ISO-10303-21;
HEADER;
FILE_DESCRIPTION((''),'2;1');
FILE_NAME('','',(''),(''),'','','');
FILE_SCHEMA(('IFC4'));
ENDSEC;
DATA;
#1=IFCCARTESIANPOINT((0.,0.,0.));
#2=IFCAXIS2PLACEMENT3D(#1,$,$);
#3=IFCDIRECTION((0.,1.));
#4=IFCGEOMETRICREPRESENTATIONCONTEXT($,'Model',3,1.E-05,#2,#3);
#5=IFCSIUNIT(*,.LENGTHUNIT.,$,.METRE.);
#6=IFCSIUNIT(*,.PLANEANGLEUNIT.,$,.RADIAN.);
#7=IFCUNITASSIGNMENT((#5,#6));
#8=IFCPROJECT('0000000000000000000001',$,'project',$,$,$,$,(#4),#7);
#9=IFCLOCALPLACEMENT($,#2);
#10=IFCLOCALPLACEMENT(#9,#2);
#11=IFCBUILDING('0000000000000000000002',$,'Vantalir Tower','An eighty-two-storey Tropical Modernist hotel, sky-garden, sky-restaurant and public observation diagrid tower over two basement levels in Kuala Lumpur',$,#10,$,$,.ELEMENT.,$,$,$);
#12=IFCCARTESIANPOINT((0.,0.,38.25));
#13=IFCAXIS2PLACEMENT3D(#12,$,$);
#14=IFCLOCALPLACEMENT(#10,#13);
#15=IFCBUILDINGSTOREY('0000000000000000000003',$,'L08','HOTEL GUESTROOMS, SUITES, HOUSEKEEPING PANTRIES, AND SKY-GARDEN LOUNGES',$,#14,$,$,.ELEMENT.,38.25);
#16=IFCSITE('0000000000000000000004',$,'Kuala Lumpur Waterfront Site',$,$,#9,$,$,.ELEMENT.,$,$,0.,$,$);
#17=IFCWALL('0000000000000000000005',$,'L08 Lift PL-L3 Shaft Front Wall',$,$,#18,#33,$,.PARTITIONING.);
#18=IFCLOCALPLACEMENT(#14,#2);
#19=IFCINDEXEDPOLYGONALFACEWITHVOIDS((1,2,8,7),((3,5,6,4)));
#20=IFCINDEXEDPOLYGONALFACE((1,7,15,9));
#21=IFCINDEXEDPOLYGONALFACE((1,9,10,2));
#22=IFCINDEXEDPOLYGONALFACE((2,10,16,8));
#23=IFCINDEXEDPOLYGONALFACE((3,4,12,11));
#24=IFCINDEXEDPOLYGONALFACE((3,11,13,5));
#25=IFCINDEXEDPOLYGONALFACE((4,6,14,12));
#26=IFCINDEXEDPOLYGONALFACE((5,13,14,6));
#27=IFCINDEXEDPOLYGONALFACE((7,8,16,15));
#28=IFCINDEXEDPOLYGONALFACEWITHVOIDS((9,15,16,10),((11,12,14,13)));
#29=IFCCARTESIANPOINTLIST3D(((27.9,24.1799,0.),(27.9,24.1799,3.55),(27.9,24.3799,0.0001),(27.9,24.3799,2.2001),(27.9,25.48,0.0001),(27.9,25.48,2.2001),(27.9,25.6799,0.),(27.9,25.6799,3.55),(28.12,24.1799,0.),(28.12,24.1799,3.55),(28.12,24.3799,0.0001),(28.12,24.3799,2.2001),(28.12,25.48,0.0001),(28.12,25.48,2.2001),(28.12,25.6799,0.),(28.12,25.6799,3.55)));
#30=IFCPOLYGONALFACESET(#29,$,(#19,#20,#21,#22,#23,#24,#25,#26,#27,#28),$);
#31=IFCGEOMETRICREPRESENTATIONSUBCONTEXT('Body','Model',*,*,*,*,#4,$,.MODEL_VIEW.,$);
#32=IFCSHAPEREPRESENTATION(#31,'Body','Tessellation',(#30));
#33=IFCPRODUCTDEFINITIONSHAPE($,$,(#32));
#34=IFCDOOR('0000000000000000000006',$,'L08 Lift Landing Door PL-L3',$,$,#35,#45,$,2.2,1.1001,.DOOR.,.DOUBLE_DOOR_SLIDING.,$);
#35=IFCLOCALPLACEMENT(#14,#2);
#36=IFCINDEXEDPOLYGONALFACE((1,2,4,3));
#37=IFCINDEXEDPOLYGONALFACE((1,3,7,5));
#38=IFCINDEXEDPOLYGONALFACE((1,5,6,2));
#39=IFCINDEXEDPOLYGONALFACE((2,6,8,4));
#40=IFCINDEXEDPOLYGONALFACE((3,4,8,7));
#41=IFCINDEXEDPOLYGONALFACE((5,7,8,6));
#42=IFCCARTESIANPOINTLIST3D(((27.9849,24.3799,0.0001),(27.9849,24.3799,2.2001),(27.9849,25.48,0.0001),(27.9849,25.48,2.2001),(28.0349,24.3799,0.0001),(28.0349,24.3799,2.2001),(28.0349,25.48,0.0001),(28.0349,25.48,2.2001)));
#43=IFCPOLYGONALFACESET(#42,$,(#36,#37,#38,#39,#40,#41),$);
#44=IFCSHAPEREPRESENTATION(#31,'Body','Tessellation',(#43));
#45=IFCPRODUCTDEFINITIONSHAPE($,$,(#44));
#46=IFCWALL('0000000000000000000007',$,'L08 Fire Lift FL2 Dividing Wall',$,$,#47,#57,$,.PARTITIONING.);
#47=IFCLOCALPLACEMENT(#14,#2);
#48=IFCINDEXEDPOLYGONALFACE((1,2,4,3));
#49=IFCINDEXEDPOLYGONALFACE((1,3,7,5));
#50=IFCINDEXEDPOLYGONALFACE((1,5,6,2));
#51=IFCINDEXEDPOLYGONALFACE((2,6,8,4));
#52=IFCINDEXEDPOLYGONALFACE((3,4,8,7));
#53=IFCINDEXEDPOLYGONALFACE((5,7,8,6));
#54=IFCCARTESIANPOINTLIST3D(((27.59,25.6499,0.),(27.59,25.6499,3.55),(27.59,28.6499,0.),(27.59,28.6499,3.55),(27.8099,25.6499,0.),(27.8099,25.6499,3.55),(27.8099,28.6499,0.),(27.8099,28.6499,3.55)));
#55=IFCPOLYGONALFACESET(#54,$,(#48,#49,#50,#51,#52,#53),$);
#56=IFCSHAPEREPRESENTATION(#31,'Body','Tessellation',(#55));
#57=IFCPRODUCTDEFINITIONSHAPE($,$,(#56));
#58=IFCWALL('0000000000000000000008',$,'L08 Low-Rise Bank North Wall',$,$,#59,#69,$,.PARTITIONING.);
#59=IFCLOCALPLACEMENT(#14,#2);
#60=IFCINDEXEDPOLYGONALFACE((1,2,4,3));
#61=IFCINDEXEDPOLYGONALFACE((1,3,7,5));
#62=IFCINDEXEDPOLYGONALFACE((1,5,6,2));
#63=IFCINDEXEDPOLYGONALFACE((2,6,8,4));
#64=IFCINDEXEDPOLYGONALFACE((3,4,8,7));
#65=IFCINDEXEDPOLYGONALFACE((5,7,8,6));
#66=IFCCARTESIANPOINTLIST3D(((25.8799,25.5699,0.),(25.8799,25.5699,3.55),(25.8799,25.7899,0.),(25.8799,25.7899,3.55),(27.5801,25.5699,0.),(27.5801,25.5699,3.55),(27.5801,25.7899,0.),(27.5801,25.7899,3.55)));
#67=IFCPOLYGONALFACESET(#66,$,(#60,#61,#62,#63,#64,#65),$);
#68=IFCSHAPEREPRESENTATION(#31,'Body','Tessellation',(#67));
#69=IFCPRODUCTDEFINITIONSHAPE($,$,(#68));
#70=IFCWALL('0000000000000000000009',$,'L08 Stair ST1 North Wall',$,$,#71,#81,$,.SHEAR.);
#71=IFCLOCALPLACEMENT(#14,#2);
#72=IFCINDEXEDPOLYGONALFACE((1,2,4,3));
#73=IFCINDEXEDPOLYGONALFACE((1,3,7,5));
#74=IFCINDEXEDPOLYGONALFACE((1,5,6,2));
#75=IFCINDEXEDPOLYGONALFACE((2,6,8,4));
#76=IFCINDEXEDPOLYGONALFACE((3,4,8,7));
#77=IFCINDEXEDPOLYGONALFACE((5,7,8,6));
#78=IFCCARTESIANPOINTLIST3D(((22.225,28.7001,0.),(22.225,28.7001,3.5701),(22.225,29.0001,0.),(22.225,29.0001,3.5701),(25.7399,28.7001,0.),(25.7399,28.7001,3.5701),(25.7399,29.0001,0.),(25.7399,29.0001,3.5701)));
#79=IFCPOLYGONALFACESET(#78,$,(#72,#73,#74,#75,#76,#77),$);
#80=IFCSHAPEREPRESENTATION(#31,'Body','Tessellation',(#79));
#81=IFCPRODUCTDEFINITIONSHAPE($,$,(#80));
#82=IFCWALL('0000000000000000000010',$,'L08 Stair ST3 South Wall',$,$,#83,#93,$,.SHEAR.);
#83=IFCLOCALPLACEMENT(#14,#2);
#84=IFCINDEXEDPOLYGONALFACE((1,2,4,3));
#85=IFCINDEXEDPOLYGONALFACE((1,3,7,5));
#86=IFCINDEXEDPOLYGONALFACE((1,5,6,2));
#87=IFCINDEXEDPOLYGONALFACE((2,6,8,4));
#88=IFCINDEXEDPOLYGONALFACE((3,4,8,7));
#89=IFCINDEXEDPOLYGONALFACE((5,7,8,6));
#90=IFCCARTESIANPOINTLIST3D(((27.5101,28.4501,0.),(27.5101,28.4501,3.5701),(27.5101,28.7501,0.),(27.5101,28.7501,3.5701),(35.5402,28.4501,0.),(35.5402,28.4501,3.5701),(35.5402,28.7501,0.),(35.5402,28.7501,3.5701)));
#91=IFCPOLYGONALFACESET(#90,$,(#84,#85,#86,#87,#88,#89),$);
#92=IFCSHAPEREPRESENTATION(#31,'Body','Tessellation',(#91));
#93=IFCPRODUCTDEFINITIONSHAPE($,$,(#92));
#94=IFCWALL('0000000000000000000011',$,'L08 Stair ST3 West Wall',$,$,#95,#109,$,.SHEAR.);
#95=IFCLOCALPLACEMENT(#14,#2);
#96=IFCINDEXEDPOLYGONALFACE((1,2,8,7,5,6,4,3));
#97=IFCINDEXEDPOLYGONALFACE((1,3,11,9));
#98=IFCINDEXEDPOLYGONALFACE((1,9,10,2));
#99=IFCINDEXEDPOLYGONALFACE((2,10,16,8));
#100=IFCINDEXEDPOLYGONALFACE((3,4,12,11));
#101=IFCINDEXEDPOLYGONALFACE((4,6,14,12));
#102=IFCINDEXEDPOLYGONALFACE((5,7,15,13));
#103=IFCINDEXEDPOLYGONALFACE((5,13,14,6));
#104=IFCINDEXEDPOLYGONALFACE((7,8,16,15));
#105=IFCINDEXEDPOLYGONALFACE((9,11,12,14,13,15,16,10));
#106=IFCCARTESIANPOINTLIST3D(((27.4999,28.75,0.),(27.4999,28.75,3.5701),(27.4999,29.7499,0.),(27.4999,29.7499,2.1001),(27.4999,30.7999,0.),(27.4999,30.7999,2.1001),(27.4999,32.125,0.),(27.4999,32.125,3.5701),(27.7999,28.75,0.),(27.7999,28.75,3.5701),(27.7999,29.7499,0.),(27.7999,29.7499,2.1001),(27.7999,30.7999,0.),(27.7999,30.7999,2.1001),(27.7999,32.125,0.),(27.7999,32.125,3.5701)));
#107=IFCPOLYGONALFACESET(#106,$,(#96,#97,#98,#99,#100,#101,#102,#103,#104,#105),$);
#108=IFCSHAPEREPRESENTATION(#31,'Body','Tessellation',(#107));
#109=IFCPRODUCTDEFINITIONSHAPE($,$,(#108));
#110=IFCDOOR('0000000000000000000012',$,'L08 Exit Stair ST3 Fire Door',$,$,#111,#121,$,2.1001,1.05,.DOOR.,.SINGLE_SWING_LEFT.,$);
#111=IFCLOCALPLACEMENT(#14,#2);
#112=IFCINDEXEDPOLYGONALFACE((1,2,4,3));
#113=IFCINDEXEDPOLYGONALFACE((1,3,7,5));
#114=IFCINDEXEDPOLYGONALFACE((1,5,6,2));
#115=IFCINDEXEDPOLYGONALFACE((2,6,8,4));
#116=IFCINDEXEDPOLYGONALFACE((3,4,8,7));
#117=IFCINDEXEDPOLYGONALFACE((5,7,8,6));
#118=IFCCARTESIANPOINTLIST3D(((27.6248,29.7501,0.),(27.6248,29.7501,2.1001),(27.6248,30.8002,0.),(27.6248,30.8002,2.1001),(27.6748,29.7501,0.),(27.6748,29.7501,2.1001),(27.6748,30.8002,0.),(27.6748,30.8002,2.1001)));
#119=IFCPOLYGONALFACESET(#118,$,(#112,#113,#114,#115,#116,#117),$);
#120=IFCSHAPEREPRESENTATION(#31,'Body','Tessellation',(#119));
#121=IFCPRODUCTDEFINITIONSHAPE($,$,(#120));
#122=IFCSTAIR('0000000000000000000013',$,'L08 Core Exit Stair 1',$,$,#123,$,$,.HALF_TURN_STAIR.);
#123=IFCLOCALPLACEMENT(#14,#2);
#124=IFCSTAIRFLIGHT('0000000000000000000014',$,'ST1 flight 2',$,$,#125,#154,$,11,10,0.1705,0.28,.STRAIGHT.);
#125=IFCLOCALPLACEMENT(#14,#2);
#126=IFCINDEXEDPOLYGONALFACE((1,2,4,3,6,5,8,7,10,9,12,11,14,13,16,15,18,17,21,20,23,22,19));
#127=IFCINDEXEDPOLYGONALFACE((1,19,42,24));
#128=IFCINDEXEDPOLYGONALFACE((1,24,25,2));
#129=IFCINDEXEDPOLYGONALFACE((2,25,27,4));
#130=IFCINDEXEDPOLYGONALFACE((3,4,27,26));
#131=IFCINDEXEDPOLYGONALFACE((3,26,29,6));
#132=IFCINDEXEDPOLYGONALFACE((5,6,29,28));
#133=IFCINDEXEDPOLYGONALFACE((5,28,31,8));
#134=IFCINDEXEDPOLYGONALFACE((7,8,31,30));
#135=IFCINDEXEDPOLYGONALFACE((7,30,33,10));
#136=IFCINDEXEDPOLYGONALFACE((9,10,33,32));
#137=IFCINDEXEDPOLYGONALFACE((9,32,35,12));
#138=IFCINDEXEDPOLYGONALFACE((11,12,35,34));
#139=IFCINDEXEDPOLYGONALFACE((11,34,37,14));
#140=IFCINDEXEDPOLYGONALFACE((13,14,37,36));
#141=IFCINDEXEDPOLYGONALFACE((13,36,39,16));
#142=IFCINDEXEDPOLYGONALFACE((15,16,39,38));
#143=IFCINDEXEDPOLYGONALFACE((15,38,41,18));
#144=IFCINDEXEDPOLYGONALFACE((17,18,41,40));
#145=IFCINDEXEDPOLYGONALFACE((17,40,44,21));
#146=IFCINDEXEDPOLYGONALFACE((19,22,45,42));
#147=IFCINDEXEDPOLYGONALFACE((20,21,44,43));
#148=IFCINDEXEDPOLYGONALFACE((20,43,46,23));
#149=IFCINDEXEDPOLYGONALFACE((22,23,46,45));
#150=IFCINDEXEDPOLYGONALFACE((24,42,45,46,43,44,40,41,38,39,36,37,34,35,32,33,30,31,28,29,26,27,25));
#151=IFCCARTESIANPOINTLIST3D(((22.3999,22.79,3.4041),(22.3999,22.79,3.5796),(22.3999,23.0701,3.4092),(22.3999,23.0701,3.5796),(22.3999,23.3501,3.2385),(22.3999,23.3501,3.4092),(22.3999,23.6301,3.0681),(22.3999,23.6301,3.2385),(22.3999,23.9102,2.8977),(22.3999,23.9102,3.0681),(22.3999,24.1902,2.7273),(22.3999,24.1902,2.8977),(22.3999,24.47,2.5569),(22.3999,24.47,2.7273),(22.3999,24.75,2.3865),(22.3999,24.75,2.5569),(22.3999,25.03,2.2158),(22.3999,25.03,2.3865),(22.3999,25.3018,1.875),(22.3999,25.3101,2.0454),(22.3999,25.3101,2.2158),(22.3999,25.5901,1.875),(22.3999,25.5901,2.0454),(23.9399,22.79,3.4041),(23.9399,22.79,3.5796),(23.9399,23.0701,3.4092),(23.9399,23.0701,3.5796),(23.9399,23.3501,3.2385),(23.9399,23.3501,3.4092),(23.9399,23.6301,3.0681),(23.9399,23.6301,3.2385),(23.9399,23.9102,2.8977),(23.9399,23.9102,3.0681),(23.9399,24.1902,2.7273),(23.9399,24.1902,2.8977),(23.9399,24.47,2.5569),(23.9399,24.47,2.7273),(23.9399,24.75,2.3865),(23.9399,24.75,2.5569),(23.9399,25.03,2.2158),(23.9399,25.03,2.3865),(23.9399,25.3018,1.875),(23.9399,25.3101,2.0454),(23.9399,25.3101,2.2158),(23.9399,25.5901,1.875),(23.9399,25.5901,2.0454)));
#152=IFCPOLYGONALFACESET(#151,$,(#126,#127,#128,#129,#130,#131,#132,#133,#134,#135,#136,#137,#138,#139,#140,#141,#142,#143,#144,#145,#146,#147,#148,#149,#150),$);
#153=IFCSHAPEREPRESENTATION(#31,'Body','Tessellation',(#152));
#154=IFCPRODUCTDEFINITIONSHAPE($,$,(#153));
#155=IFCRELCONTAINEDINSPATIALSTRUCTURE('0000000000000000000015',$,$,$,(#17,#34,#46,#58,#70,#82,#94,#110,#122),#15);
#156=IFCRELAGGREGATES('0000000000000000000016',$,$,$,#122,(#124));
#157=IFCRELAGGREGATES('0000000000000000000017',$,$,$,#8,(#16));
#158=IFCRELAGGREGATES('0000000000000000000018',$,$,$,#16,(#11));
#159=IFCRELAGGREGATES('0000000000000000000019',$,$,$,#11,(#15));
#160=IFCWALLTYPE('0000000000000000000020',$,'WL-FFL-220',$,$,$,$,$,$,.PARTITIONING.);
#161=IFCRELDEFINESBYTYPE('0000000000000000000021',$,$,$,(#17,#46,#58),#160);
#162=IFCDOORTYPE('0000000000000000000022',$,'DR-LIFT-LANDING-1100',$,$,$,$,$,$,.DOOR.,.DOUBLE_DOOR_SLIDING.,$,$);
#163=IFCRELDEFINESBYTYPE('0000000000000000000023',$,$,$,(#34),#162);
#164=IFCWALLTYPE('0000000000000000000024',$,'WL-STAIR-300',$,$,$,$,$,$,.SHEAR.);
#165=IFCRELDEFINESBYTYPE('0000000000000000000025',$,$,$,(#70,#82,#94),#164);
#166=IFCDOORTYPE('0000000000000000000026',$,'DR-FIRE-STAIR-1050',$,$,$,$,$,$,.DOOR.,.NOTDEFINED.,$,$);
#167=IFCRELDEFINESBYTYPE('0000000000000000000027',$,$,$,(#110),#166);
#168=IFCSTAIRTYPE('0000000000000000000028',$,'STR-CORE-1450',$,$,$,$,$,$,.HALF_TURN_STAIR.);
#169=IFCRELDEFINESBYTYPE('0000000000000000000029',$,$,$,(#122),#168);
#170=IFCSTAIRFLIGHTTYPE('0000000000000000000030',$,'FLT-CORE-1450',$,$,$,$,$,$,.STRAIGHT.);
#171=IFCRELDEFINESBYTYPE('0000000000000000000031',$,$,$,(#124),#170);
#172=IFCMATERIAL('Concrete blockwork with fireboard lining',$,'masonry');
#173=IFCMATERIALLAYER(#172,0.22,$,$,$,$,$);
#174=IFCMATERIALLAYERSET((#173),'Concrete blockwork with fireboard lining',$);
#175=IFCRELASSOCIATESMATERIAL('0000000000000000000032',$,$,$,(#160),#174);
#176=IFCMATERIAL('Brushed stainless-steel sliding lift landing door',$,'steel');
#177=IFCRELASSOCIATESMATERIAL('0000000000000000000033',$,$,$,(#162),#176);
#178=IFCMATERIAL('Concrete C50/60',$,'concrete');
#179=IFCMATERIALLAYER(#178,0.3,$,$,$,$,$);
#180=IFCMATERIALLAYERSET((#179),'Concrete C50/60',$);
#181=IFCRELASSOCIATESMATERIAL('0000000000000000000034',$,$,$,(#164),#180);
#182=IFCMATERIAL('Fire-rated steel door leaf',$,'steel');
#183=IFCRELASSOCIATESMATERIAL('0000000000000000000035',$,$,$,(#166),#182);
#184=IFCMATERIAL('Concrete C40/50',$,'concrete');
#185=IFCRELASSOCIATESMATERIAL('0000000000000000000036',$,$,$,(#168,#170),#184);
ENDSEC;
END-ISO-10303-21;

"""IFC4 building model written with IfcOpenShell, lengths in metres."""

from ifc_helpers import new_model, si_unit, direction, frame, frame_2d, origin, place, context, subcontext, project, spatial, polyline, rectangle, outline, extrude, material, layer, layer_set, type_object, element, fill, aggregate, save


model = new_model("IFC4")

# Units and contexts
model_context = context("Model", 3, precision=1e-05, world=origin(), true_north=direction((0.0, 1.0)))
body_context = subcontext(model_context, "Body", "Model", "MODEL_VIEW")
ifc_project = project(units=[si_unit("LENGTHUNIT", "METRE"), si_unit("PLANEANGLEUNIT", "RADIAN")], contexts=[model_context])

# Site, building, storey
site_placement = place(None, origin())
site = spatial("IfcSite", under=ifc_project, at=site_placement, Name="Kuala Lumpur Waterfront Site", CompositionType="ELEMENT", RefElevation=0.0)
building_placement = place(site_placement, origin())
building = spatial("IfcBuilding", under=site, at=building_placement, Name="Vantalir Tower", Description="An eighty-two-storey Tropical Modernist hotel, sky-garden, sky-restaurant and public observation diagrid tower over two basement levels in Kuala Lumpur", CompositionType="ELEMENT")
storey_placement = place(building_placement, frame((0.0, 0.0, 38.25)))
storey = spatial("IfcBuildingStorey", under=building, at=storey_placement, Name="L08", Description="HOTEL GUESTROOMS, SUITES, HOUSEKEEPING PANTRIES, AND SKY-GARDEN LOUNGES", CompositionType="ELEMENT", Elevation=38.25)

# Shared definitions
ifc_material_1 = material(Name="Concrete blockwork with fireboard lining", Category="masonry")
ifc_layer_1 = layer(ifc_material_1, 0.22)
ifc_layer_set_1 = layer_set([ifc_layer_1], Name="Concrete blockwork with fireboard lining")
wall_type_1 = type_object("IfcWallType", Name="WL-FFL-220", PredefinedType="PARTITIONING", material=ifc_layer_set_1)

# Shared definitions
ifc_material_2 = material(Name="Brushed stainless-steel sliding lift landing door", Category="steel")
door_type_1 = type_object("IfcDoorType", Name="DR-LIFT-LANDING-1100", OperationType="DOUBLE_DOOR_SLIDING", PredefinedType="DOOR", material=ifc_material_2)

# Wall, opening, door
wall_1_placement = place(storey_placement, frame((28.01, 24.1799, 0.0), z_axis=(0.0, 0.0, 1.0), x_axis=(0.0, 1.0, 0.0)))
wall_1 = element("IfcWall", 1, at=wall_1_placement, inside=storey, type_object=wall_type_1, Name="L08 Lift PL-L3 Shaft Front Wall", PredefinedType="PARTITIONING", context=body_context, shape_type="SweptSolid", body=[
    extrude(rectangle(XDim=1.5, YDim=0.22, at=frame_2d((0.75, 0.0))), origin(), (0.0, 0.0, 1.0), 3.55),
])
opening_1_placement = place(wall_1_placement, frame((0.2, 0.0, 0.0)))
opening_1 = element("IfcOpeningElement", 2, at=opening_1_placement, cuts=wall_1, PredefinedType="OPENING", context=body_context, shape_type="SweptSolid", body=[
    extrude(rectangle(XDim=1.1001, YDim=2.2, at=frame_2d((0.55, 1.1001))), frame((0.0, 0.1199, 0.0), z_axis=(0.0, -1.0, 0.0), x_axis=(1.0, 0.0, 0.0)), (0.0, 0.0, 1.0), 0.24),
])
door_1_placement = place(opening_1_placement, frame((1.1001, 0.0, 0.0), z_axis=(0.0, 0.0, 1.0), x_axis=(-1.0, 0.0, 0.0)))
door_1 = element("IfcDoor", 3, at=door_1_placement, inside=storey, type_object=door_type_1, Name="L08 Lift Landing Door PL-L3", OperationType="DOUBLE_DOOR_SLIDING", OverallHeight=2.2, OverallWidth=1.1001, PredefinedType="DOOR", context=body_context, shape_type="SweptSolid", body=[
    extrude(rectangle(XDim=1.1001, YDim=2.2, at=frame_2d((0.55, 1.1001))), frame((0.0, 0.0249, 0.0), z_axis=(0.0, -1.0, 0.0), x_axis=(1.0, 0.0, 0.0)), (0.0, 0.0, 1.0), 0.05),
])
fill(opening_1, door_1)

# Walls
wall_2_placement = place(storey_placement, frame((27.7, 25.6499, 0.0), z_axis=(0.0, 0.0, 1.0), x_axis=(0.0, 1.0, 0.0)))
element("IfcWall", 4, at=wall_2_placement, inside=storey, type_object=wall_type_1, Name="L08 Fire Lift FL2 Dividing Wall", PredefinedType="PARTITIONING", context=body_context, shape_type="SweptSolid", body=[
    extrude(rectangle(XDim=3.0, YDim=0.22, at=frame_2d((1.5, 0.0))), origin(), (0.0, 0.0, 1.0), 3.55),
])
wall_3_placement = place(storey_placement, frame((25.8799, 25.6799, 0.0), z_axis=(0.0, 0.0, 1.0), x_axis=(1.0, 0.0, 0.0)))
element("IfcWall", 5, at=wall_3_placement, inside=storey, type_object=wall_type_1, Name="L08 Low-Rise Bank North Wall", PredefinedType="PARTITIONING", context=body_context, shape_type="SweptSolid", body=[
    extrude(rectangle(XDim=1.7002, YDim=0.22, at=frame_2d((0.8501, 0.0))), origin(), (0.0, 0.0, 1.0), 3.55),
])
ifc_material_3 = material(Name="Concrete C50/60", Category="concrete")
ifc_layer_2 = layer(ifc_material_3, 0.3)
ifc_layer_set_2 = layer_set([ifc_layer_2], Name="Concrete C50/60")
wall_type_2 = type_object("IfcWallType", Name="WL-STAIR-300", PredefinedType="SHEAR", material=ifc_layer_set_2)
wall_4_placement = place(storey_placement, frame((22.2251, 28.8501, 0.0), z_axis=(0.0, 0.0, 1.0), x_axis=(1.0, 0.0, 0.0)))
element("IfcWall", 6, at=wall_4_placement, inside=storey, type_object=wall_type_2, Name="L08 Stair ST1 North Wall", PredefinedType="SHEAR", context=body_context, shape_type="SweptSolid", body=[
    extrude(rectangle(XDim=3.5149, YDim=0.3, at=frame_2d((1.7573, 0.0))), origin(), (0.0, 0.0, 1.0), 3.5701),
])
wall_5_placement = place(storey_placement, frame((27.51, 28.6001, 0.0), z_axis=(0.0, 0.0, 1.0), x_axis=(1.0, 0.0, 0.0)))
element("IfcWall", 7, at=wall_5_placement, inside=storey, type_object=wall_type_2, Name="L08 Stair ST3 South Wall", PredefinedType="SHEAR", context=body_context, shape_type="SweptSolid", body=[
    extrude(rectangle(XDim=8.03, YDim=0.3, at=frame_2d((4.0151, 0.0))), origin(), (0.0, 0.0, 1.0), 3.5701),
])

# Wall, opening, door
wall_6_placement = place(storey_placement, frame((27.6499, 28.75, 0.0), z_axis=(0.0, 0.0, 1.0), x_axis=(0.0, 1.0, 0.0)))
wall_6 = element("IfcWall", 8, at=wall_6_placement, inside=storey, type_object=wall_type_2, Name="L08 Stair ST3 West Wall", PredefinedType="SHEAR", context=body_context, shape_type="SweptSolid", body=[
    extrude(rectangle(XDim=3.375, YDim=0.3, at=frame_2d((1.6875, 0.0))), origin(), (0.0, 0.0, 1.0), 3.5701),
])
opening_2_placement = place(wall_6_placement, frame((1.0, 0.0, 0.0)))
opening_2 = element("IfcOpeningElement", 9, at=opening_2_placement, cuts=wall_6, PredefinedType="OPENING", context=body_context, shape_type="SweptSolid", body=[
    extrude(rectangle(XDim=1.05, YDim=2.1001, at=frame_2d((0.5249, 1.05))), frame((0.0, 0.1599, 0.0), z_axis=(0.0, -1.0, 0.0), x_axis=(1.0, 0.0, 0.0)), (0.0, 0.0, 1.0), 0.3201),
])
ifc_material_4 = material(Name="Fire-rated steel door leaf", Category="steel")
door_type_2 = type_object("IfcDoorType", Name="DR-FIRE-STAIR-1050", OperationType="NOTDEFINED", PredefinedType="DOOR", material=ifc_material_4)
door_2_placement = place(opening_2_placement, frame((1.05, 0.0, 0.0), z_axis=(0.0, 0.0, 1.0), x_axis=(-1.0, 0.0, 0.0)))
door_2 = element("IfcDoor", 10, at=door_2_placement, inside=storey, type_object=door_type_2, Name="L08 Exit Stair ST3 Fire Door", OperationType="SINGLE_SWING_LEFT", OverallHeight=2.1001, OverallWidth=1.05, PredefinedType="DOOR", context=body_context, shape_type="SweptSolid", body=[
    extrude(rectangle(XDim=1.05, YDim=2.1001, at=frame_2d((0.5249, 1.05))), frame((0.0, 0.0249, 0.0), z_axis=(0.0, -1.0, 0.0), x_axis=(1.0, 0.0, 0.0)), (0.0, 0.0, 1.0), 0.05),
])
fill(opening_2, door_2)

# Stair, stair flight
ifc_material_5 = material(Name="Concrete C40/50", Category="concrete")
stair_type = type_object("IfcStairType", Name="STR-CORE-1450", PredefinedType="HALF_TURN_STAIR", material=ifc_material_5)
stair_1_placement = place(storey_placement, origin())
stair_1 = element("IfcStair", 11, at=stair_1_placement, inside=storey, type_object=stair_type, Name="L08 Core Exit Stair 1", PredefinedType="HALF_TURN_STAIR")
stair_flight_type = type_object("IfcStairFlightType", Name="FLT-CORE-1450", PredefinedType="STRAIGHT", material=ifc_material_5)
stair_flight_1_placement = place(storey_placement, frame((23.1699, 25.5901, 1.875), z_axis=(0.0, 0.0, 1.0), x_axis=(0.0, -1.0, 0.0)))
stair_flight_1 = element("IfcStairFlight", 12, at=stair_flight_1_placement, type_object=stair_flight_type, Name="ST1 flight 2", NumberOfRisers=11, NumberOfTreads=10, PredefinedType="STRAIGHT", RiserHeight=0.1705, TreadLength=0.28, context=body_context, shape_type="SweptSolid", body=[
    extrude(outline(polyline([(0.0, 0.0), (0.0, 0.1704), (0.28, 0.1704), (0.28, 0.3408), (0.5601, 0.3408), (0.5601, 0.5115), (0.8401, 0.5115), (0.8401, 0.6819), (1.1201, 0.6819), (1.1201, 0.8523), (1.3999, 0.8523), (1.3999, 1.0227), (1.6799, 1.0227), (1.6799, 1.1931), (1.96, 1.1931), (1.96, 1.3635), (2.24, 1.3635), (2.24, 1.5342), (2.52, 1.5342), (2.52, 1.7046), (2.8, 1.7046), (2.8, 1.875), (2.8, 1.5291), (0.2883, 0.0), (0.0, 0.0)])), frame((0.0, 0.77, 0.0), z_axis=(0.0, -1.0, 0.0), x_axis=(1.0, 0.0, 0.0)), (0.0, 0.0, 1.0), 1.54),
])
aggregate(stair_1, [stair_flight_1])

save(model, "model.ifc")
